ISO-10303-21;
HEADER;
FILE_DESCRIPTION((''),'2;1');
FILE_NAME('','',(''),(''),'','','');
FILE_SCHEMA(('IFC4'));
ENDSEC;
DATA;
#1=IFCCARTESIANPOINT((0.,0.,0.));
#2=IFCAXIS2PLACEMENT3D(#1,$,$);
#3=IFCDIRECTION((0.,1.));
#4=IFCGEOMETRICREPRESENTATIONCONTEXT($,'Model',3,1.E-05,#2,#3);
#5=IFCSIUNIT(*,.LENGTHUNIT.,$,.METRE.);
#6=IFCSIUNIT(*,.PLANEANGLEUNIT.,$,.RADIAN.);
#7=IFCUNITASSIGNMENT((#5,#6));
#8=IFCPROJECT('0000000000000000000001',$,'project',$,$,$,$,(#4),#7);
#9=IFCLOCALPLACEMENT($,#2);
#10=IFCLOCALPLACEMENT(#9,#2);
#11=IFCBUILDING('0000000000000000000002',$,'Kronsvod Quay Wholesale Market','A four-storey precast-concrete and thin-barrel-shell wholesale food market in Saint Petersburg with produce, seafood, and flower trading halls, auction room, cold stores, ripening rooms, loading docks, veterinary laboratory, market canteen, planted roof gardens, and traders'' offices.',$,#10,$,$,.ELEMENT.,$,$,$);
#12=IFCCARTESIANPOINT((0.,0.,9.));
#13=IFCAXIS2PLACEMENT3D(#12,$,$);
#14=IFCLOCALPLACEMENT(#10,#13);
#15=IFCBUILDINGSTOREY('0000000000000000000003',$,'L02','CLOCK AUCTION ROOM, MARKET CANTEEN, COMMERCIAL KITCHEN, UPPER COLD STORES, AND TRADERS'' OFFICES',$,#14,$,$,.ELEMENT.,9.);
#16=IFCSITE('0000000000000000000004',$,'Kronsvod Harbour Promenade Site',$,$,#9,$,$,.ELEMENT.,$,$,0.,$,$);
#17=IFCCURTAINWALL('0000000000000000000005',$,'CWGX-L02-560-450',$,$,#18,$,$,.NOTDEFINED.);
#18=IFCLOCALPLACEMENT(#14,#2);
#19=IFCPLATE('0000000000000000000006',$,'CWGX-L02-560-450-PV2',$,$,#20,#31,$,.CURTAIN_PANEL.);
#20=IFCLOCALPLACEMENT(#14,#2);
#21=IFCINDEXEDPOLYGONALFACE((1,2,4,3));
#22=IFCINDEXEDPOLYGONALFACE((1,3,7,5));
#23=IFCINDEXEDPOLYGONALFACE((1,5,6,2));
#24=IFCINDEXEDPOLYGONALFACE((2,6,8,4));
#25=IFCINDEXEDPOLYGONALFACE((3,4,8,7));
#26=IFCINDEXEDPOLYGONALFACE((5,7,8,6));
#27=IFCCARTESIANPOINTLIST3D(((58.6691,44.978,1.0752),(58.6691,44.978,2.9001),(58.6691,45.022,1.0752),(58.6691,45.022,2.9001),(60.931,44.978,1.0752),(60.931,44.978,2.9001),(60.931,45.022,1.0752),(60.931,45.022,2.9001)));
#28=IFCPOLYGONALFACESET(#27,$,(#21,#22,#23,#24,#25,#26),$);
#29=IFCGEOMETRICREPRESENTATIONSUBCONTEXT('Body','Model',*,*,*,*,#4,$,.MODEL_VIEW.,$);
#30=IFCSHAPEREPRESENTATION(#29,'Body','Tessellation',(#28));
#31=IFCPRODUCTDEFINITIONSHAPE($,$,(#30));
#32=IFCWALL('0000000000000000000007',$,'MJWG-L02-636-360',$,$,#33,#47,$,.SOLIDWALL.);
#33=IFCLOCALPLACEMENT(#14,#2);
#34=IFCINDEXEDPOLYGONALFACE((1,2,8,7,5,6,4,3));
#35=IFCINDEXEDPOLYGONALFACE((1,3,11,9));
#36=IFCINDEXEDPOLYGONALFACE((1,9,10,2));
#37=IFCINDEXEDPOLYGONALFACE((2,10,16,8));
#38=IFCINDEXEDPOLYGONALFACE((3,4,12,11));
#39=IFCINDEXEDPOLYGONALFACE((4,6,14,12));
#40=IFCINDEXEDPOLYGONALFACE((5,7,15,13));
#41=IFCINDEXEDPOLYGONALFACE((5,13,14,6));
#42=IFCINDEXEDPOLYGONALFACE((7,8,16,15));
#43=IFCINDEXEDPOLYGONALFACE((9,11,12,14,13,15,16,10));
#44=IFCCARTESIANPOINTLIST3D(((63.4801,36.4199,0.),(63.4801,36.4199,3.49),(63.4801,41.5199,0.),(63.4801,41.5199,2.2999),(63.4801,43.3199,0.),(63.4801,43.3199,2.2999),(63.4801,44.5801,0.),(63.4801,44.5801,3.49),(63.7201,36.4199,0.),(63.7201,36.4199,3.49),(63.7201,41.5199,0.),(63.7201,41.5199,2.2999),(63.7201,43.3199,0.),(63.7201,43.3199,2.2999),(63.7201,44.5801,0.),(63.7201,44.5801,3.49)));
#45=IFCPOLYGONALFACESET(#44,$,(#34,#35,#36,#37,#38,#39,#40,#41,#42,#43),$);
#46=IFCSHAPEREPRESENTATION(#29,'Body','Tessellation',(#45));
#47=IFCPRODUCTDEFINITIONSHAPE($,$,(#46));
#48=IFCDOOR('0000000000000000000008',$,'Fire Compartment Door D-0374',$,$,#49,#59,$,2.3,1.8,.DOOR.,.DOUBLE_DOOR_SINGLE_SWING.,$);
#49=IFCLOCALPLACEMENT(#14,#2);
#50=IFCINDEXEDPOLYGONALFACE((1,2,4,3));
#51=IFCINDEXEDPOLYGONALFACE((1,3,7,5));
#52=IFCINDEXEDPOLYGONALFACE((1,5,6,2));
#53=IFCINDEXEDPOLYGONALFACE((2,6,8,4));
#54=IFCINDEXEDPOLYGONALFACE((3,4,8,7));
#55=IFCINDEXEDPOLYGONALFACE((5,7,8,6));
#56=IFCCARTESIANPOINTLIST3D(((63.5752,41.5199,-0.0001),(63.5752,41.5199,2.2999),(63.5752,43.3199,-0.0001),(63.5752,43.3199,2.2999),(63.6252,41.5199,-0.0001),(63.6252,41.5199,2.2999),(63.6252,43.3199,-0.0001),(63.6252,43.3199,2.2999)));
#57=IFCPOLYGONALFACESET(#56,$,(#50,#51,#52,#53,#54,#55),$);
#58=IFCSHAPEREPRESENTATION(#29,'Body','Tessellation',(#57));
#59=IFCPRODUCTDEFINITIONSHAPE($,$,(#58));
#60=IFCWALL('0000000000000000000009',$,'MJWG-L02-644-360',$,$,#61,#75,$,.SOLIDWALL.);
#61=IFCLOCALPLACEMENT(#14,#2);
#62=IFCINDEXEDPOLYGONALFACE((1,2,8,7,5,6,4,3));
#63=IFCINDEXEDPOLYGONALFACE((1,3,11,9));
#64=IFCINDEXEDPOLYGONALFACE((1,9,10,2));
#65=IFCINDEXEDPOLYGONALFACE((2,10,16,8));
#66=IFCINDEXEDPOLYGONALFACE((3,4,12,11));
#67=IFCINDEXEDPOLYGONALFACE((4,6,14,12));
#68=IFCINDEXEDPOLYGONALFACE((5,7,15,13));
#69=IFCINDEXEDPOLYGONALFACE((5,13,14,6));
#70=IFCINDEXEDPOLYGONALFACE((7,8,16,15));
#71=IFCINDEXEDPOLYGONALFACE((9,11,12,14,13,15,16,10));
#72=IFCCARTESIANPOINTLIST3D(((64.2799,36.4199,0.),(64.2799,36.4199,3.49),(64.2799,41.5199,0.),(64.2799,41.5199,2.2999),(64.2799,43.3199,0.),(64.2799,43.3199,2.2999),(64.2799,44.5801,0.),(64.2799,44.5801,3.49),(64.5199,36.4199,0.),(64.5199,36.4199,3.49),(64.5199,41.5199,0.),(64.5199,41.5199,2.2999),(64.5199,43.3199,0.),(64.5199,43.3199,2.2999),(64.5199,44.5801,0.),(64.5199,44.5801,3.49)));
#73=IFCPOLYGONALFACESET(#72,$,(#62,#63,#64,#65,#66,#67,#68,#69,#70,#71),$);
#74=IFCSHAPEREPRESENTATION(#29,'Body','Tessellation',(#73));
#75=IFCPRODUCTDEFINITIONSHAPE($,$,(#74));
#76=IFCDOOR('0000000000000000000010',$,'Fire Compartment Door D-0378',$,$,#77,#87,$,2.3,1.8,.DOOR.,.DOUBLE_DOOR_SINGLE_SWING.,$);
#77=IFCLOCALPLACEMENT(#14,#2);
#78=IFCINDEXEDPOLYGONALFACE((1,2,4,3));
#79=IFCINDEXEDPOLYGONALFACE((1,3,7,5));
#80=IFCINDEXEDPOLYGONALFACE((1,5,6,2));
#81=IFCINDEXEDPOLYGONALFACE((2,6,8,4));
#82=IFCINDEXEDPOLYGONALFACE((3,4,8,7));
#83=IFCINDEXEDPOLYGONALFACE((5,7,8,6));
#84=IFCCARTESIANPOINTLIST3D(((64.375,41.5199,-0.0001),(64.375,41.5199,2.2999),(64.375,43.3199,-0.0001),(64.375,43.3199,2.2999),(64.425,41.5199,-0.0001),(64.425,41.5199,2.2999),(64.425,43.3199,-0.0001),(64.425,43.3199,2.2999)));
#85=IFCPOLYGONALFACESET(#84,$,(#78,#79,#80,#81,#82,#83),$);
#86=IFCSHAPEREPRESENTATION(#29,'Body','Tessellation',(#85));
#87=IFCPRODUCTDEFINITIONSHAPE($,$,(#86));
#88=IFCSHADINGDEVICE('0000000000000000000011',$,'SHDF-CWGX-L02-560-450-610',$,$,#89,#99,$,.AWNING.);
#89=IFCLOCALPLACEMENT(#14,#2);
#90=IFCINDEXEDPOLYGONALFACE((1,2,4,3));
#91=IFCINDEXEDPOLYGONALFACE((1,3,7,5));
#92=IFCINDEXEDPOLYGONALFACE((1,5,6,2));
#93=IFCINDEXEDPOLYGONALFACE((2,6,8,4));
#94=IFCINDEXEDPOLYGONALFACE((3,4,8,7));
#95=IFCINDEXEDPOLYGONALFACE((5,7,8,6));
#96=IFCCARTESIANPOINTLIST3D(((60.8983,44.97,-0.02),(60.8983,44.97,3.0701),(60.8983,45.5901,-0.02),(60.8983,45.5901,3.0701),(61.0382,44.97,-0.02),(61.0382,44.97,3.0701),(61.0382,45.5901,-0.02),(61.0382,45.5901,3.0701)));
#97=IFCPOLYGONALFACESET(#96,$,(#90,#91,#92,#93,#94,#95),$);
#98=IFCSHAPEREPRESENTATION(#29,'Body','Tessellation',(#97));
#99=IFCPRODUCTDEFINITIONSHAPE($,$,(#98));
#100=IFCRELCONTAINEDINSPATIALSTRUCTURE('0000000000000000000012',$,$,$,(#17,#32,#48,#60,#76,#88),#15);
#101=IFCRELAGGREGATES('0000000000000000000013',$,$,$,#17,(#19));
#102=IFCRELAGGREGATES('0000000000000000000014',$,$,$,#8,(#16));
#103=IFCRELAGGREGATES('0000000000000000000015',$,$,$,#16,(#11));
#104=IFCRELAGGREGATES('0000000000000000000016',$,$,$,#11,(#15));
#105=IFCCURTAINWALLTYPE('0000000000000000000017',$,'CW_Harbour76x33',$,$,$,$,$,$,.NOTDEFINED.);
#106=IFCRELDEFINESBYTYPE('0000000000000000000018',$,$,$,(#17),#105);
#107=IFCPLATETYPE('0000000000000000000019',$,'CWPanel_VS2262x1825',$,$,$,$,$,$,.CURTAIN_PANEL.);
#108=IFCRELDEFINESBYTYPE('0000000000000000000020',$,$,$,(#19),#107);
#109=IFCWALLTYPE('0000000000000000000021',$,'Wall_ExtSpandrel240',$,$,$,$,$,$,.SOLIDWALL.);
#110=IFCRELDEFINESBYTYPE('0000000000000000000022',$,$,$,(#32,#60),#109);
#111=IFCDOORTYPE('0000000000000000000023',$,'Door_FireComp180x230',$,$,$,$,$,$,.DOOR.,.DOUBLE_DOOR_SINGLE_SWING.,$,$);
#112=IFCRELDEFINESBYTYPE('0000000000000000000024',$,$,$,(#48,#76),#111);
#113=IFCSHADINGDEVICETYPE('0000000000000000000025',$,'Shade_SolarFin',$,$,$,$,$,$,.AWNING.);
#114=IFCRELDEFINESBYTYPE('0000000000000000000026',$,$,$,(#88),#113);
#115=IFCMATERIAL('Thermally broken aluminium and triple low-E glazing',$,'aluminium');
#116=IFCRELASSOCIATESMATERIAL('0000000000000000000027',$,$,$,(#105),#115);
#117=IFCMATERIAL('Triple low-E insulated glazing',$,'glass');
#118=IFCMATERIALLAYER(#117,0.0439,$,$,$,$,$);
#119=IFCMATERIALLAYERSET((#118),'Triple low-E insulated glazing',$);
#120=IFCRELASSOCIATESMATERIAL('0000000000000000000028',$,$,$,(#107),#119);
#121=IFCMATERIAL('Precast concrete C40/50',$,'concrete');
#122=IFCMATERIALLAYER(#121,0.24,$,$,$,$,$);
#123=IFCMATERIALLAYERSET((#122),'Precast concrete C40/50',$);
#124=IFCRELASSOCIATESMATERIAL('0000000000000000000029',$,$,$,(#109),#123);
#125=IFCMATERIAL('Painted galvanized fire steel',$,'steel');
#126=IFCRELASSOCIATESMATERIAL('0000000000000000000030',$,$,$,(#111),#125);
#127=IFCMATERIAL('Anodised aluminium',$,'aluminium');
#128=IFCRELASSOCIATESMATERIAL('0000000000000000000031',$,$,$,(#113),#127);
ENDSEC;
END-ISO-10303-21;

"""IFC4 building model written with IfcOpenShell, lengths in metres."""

from ifc_helpers import new_model, si_unit, direction, frame, frame_2d, origin, origin_2d, place, context, subcontext, project, spatial, rectangle, extrude, material, layer, layer_set, type_object, element, fill, aggregate, save


model = new_model("IFC4")

# Units and contexts
model_context = context("Model", 3, precision=1e-05, world=origin(), true_north=direction((0.0, 1.0)))
body_context = subcontext(model_context, "Body", "Model", "MODEL_VIEW")
ifc_project = project(units=[si_unit("LENGTHUNIT", "METRE"), si_unit("PLANEANGLEUNIT", "RADIAN")], contexts=[model_context])

# Site, building, storey
site_placement = place(None, origin())
site = spatial("IfcSite", under=ifc_project, at=site_placement, Name="Kronsvod Harbour Promenade Site", CompositionType="ELEMENT", RefElevation=0.0)
building_placement = place(site_placement, origin())
building = spatial("IfcBuilding", under=site, at=building_placement, Name="Kronsvod Quay Wholesale Market", Description="A four-storey precast-concrete and thin-barrel-shell wholesale food market in Saint Petersburg with produce, seafood, and flower trading halls, auction room, cold stores, ripening rooms, loading docks, veterinary laboratory, market canteen, planted roof gardens, and traders' offices.", CompositionType="ELEMENT")
storey_placement = place(building_placement, frame((0.0, 0.0, 9.0)))
storey = spatial("IfcBuildingStorey", under=building, at=storey_placement, Name="L02", Description="CLOCK AUCTION ROOM, MARKET CANTEEN, COMMERCIAL KITCHEN, UPPER COLD STORES, AND TRADERS' OFFICES", CompositionType="ELEMENT", Elevation=9.0)

# Curtain wall, plate
ifc_material_1 = material(Name="Thermally broken aluminium and triple low-E glazing", Category="aluminium")
curtain_wall_type = type_object("IfcCurtainWallType", Name="CW_Harbour76x33", PredefinedType="NOTDEFINED", material=ifc_material_1)
curtain_wall_placement = place(storey_placement, origin())
curtain_wall = element("IfcCurtainWall", 1, at=curtain_wall_placement, inside=storey, type_object=curtain_wall_type, Name="CWGX-L02-560-450", PredefinedType="NOTDEFINED")
ifc_material_2 = material(Name="Triple low-E insulated glazing", Category="glass")
ifc_layer_1 = layer(ifc_material_2, 0.0439)
ifc_layer_set_1 = layer_set([ifc_layer_1], Name="Triple low-E insulated glazing")
plate_type_1 = type_object("IfcPlateType", Name="CWPanel_VS2262x1825", PredefinedType="CURTAIN_PANEL", material=ifc_layer_set_1)
plate_1_placement = place(storey_placement, frame((59.8, 45.0, 1.0752), z_axis=(0.0, 0.0, 1.0), x_axis=(-1.0, 0.0, 0.0)))
plate_1 = element("IfcPlate", 2, at=plate_1_placement, type_object=plate_type_1, Name="CWGX-L02-560-450-PV2", PredefinedType="CURTAIN_PANEL", context=body_context, shape_type="SweptSolid", body=[
    extrude(rectangle(XDim=2.262, YDim=0.0439, at=origin_2d()), origin(), (0.0, 0.0, 1.0), 1.825),
])
aggregate(curtain_wall, [plate_1])

# Walls, openings, doors
ifc_material_3 = material(Name="Precast concrete C40/50", Category="concrete")
ifc_layer_2 = layer(ifc_material_3, 0.24)
ifc_layer_set_2 = layer_set([ifc_layer_2], Name="Precast concrete C40/50")
wall_type = type_object("IfcWallType", Name="Wall_ExtSpandrel240", PredefinedType="SOLIDWALL", material=ifc_layer_set_2)
wall_1_placement = place(storey_placement, frame((63.6001, 36.4199, 0.0), z_axis=(0.0, 0.0, 1.0), x_axis=(0.0, 1.0, 0.0)))
wall_1 = element("IfcWall", 3, at=wall_1_placement, inside=storey, type_object=wall_type, Name="MJWG-L02-636-360", PredefinedType="SOLIDWALL", context=body_context, shape_type="SweptSolid", body=[
    extrude(rectangle(XDim=8.1602, YDim=0.24, at=frame_2d((4.0801, 0.0))), origin(), (0.0, 0.0, 1.0), 3.49),
])
opening_1_placement = place(wall_1_placement, frame((5.1001, 0.0, 0.0)))
opening_1 = element("IfcOpeningElement", 4, at=opening_1_placement, cuts=wall_1, PredefinedType="OPENING", context=body_context, shape_type="SweptSolid", body=[
    extrude(rectangle(XDim=1.8, YDim=2.3, at=frame_2d((0.8999, 1.1499))), frame((0.0, 0.1299, 0.0), z_axis=(0.0, -1.0, 0.0), x_axis=(1.0, 0.0, 0.0)), (0.0, 0.0, 1.0), 0.26),
])
ifc_material_4 = material(Name="Painted galvanized fire steel", Category="steel")
door_type = type_object("IfcDoorType", Name="Door_FireComp180x230", OperationType="DOUBLE_DOOR_SINGLE_SWING", PredefinedType="DOOR", material=ifc_material_4)
door_1_placement = place(opening_1_placement, origin())
door_1 = element("IfcDoor", 5, at=door_1_placement, inside=storey, type_object=door_type, Name="Fire Compartment Door D-0374", OperationType="DOUBLE_DOOR_SINGLE_SWING", OverallHeight=2.3, OverallWidth=1.8, PredefinedType="DOOR", context=body_context, shape_type="SweptSolid", body=[
    extrude(rectangle(XDim=1.8, YDim=2.3, at=frame_2d((0.8999, 1.1499))), frame((0.0, 0.0249, 0.0), z_axis=(0.0, -1.0, 0.0), x_axis=(1.0, 0.0, 0.0)), (0.0, 0.0, 1.0), 0.05),
])
fill(opening_1, door_1)
wall_2_placement = place(storey_placement, frame((64.3999, 36.4199, 0.0), z_axis=(0.0, 0.0, 1.0), x_axis=(0.0, 1.0, 0.0)))
wall_2 = element("IfcWall", 6, at=wall_2_placement, inside=storey, type_object=wall_type, Name="MJWG-L02-644-360", PredefinedType="SOLIDWALL", context=body_context, shape_type="SweptSolid", body=[
    extrude(rectangle(XDim=8.1602, YDim=0.24, at=frame_2d((4.0801, 0.0))), origin(), (0.0, 0.0, 1.0), 3.49),
])
opening_2_placement = place(wall_2_placement, frame((5.1001, 0.0, 0.0)))
opening_2 = element("IfcOpeningElement", 7, at=opening_2_placement, cuts=wall_2, PredefinedType="OPENING", context=body_context, shape_type="SweptSolid", body=[
    extrude(rectangle(XDim=1.8, YDim=2.3, at=frame_2d((0.8999, 1.1499))), frame((0.0, 0.1299, 0.0), z_axis=(0.0, -1.0, 0.0), x_axis=(1.0, 0.0, 0.0)), (0.0, 0.0, 1.0), 0.26),
])
door_2_placement = place(opening_2_placement, origin())
door_2 = element("IfcDoor", 8, at=door_2_placement, inside=storey, type_object=door_type, Name="Fire Compartment Door D-0378", OperationType="DOUBLE_DOOR_SINGLE_SWING", OverallHeight=2.3, OverallWidth=1.8, PredefinedType="DOOR", context=body_context, shape_type="SweptSolid", body=[
    extrude(rectangle(XDim=1.8, YDim=2.3, at=frame_2d((0.8999, 1.1499))), frame((0.0, 0.0249, 0.0), z_axis=(0.0, -1.0, 0.0), x_axis=(1.0, 0.0, 0.0)), (0.0, 0.0, 1.0), 0.05),
])
fill(opening_2, door_2)

# Shading device
ifc_material_5 = material(Name="Anodised aluminium", Category="aluminium")
shading_device_type = type_object("IfcShadingDeviceType", Name="Shade_SolarFin", PredefinedType="AWNING", material=ifc_material_5)
shading_device_placement = place(storey_placement, frame((60.9683, 45.28, -0.02), z_axis=(0.0, 0.0, 1.0), x_axis=(1.0, 0.0, 0.0)))
element("IfcShadingDevice", 9, at=shading_device_placement, inside=storey, type_object=shading_device_type, Name="SHDF-CWGX-L02-560-450-610", PredefinedType="AWNING", context=body_context, shape_type="SweptSolid", body=[
    extrude(rectangle(XDim=0.1399, YDim=0.6201, at=origin_2d()), origin(), (0.0, 0.0, 1.0), 3.0901),
])

save(model, "model.ifc")
